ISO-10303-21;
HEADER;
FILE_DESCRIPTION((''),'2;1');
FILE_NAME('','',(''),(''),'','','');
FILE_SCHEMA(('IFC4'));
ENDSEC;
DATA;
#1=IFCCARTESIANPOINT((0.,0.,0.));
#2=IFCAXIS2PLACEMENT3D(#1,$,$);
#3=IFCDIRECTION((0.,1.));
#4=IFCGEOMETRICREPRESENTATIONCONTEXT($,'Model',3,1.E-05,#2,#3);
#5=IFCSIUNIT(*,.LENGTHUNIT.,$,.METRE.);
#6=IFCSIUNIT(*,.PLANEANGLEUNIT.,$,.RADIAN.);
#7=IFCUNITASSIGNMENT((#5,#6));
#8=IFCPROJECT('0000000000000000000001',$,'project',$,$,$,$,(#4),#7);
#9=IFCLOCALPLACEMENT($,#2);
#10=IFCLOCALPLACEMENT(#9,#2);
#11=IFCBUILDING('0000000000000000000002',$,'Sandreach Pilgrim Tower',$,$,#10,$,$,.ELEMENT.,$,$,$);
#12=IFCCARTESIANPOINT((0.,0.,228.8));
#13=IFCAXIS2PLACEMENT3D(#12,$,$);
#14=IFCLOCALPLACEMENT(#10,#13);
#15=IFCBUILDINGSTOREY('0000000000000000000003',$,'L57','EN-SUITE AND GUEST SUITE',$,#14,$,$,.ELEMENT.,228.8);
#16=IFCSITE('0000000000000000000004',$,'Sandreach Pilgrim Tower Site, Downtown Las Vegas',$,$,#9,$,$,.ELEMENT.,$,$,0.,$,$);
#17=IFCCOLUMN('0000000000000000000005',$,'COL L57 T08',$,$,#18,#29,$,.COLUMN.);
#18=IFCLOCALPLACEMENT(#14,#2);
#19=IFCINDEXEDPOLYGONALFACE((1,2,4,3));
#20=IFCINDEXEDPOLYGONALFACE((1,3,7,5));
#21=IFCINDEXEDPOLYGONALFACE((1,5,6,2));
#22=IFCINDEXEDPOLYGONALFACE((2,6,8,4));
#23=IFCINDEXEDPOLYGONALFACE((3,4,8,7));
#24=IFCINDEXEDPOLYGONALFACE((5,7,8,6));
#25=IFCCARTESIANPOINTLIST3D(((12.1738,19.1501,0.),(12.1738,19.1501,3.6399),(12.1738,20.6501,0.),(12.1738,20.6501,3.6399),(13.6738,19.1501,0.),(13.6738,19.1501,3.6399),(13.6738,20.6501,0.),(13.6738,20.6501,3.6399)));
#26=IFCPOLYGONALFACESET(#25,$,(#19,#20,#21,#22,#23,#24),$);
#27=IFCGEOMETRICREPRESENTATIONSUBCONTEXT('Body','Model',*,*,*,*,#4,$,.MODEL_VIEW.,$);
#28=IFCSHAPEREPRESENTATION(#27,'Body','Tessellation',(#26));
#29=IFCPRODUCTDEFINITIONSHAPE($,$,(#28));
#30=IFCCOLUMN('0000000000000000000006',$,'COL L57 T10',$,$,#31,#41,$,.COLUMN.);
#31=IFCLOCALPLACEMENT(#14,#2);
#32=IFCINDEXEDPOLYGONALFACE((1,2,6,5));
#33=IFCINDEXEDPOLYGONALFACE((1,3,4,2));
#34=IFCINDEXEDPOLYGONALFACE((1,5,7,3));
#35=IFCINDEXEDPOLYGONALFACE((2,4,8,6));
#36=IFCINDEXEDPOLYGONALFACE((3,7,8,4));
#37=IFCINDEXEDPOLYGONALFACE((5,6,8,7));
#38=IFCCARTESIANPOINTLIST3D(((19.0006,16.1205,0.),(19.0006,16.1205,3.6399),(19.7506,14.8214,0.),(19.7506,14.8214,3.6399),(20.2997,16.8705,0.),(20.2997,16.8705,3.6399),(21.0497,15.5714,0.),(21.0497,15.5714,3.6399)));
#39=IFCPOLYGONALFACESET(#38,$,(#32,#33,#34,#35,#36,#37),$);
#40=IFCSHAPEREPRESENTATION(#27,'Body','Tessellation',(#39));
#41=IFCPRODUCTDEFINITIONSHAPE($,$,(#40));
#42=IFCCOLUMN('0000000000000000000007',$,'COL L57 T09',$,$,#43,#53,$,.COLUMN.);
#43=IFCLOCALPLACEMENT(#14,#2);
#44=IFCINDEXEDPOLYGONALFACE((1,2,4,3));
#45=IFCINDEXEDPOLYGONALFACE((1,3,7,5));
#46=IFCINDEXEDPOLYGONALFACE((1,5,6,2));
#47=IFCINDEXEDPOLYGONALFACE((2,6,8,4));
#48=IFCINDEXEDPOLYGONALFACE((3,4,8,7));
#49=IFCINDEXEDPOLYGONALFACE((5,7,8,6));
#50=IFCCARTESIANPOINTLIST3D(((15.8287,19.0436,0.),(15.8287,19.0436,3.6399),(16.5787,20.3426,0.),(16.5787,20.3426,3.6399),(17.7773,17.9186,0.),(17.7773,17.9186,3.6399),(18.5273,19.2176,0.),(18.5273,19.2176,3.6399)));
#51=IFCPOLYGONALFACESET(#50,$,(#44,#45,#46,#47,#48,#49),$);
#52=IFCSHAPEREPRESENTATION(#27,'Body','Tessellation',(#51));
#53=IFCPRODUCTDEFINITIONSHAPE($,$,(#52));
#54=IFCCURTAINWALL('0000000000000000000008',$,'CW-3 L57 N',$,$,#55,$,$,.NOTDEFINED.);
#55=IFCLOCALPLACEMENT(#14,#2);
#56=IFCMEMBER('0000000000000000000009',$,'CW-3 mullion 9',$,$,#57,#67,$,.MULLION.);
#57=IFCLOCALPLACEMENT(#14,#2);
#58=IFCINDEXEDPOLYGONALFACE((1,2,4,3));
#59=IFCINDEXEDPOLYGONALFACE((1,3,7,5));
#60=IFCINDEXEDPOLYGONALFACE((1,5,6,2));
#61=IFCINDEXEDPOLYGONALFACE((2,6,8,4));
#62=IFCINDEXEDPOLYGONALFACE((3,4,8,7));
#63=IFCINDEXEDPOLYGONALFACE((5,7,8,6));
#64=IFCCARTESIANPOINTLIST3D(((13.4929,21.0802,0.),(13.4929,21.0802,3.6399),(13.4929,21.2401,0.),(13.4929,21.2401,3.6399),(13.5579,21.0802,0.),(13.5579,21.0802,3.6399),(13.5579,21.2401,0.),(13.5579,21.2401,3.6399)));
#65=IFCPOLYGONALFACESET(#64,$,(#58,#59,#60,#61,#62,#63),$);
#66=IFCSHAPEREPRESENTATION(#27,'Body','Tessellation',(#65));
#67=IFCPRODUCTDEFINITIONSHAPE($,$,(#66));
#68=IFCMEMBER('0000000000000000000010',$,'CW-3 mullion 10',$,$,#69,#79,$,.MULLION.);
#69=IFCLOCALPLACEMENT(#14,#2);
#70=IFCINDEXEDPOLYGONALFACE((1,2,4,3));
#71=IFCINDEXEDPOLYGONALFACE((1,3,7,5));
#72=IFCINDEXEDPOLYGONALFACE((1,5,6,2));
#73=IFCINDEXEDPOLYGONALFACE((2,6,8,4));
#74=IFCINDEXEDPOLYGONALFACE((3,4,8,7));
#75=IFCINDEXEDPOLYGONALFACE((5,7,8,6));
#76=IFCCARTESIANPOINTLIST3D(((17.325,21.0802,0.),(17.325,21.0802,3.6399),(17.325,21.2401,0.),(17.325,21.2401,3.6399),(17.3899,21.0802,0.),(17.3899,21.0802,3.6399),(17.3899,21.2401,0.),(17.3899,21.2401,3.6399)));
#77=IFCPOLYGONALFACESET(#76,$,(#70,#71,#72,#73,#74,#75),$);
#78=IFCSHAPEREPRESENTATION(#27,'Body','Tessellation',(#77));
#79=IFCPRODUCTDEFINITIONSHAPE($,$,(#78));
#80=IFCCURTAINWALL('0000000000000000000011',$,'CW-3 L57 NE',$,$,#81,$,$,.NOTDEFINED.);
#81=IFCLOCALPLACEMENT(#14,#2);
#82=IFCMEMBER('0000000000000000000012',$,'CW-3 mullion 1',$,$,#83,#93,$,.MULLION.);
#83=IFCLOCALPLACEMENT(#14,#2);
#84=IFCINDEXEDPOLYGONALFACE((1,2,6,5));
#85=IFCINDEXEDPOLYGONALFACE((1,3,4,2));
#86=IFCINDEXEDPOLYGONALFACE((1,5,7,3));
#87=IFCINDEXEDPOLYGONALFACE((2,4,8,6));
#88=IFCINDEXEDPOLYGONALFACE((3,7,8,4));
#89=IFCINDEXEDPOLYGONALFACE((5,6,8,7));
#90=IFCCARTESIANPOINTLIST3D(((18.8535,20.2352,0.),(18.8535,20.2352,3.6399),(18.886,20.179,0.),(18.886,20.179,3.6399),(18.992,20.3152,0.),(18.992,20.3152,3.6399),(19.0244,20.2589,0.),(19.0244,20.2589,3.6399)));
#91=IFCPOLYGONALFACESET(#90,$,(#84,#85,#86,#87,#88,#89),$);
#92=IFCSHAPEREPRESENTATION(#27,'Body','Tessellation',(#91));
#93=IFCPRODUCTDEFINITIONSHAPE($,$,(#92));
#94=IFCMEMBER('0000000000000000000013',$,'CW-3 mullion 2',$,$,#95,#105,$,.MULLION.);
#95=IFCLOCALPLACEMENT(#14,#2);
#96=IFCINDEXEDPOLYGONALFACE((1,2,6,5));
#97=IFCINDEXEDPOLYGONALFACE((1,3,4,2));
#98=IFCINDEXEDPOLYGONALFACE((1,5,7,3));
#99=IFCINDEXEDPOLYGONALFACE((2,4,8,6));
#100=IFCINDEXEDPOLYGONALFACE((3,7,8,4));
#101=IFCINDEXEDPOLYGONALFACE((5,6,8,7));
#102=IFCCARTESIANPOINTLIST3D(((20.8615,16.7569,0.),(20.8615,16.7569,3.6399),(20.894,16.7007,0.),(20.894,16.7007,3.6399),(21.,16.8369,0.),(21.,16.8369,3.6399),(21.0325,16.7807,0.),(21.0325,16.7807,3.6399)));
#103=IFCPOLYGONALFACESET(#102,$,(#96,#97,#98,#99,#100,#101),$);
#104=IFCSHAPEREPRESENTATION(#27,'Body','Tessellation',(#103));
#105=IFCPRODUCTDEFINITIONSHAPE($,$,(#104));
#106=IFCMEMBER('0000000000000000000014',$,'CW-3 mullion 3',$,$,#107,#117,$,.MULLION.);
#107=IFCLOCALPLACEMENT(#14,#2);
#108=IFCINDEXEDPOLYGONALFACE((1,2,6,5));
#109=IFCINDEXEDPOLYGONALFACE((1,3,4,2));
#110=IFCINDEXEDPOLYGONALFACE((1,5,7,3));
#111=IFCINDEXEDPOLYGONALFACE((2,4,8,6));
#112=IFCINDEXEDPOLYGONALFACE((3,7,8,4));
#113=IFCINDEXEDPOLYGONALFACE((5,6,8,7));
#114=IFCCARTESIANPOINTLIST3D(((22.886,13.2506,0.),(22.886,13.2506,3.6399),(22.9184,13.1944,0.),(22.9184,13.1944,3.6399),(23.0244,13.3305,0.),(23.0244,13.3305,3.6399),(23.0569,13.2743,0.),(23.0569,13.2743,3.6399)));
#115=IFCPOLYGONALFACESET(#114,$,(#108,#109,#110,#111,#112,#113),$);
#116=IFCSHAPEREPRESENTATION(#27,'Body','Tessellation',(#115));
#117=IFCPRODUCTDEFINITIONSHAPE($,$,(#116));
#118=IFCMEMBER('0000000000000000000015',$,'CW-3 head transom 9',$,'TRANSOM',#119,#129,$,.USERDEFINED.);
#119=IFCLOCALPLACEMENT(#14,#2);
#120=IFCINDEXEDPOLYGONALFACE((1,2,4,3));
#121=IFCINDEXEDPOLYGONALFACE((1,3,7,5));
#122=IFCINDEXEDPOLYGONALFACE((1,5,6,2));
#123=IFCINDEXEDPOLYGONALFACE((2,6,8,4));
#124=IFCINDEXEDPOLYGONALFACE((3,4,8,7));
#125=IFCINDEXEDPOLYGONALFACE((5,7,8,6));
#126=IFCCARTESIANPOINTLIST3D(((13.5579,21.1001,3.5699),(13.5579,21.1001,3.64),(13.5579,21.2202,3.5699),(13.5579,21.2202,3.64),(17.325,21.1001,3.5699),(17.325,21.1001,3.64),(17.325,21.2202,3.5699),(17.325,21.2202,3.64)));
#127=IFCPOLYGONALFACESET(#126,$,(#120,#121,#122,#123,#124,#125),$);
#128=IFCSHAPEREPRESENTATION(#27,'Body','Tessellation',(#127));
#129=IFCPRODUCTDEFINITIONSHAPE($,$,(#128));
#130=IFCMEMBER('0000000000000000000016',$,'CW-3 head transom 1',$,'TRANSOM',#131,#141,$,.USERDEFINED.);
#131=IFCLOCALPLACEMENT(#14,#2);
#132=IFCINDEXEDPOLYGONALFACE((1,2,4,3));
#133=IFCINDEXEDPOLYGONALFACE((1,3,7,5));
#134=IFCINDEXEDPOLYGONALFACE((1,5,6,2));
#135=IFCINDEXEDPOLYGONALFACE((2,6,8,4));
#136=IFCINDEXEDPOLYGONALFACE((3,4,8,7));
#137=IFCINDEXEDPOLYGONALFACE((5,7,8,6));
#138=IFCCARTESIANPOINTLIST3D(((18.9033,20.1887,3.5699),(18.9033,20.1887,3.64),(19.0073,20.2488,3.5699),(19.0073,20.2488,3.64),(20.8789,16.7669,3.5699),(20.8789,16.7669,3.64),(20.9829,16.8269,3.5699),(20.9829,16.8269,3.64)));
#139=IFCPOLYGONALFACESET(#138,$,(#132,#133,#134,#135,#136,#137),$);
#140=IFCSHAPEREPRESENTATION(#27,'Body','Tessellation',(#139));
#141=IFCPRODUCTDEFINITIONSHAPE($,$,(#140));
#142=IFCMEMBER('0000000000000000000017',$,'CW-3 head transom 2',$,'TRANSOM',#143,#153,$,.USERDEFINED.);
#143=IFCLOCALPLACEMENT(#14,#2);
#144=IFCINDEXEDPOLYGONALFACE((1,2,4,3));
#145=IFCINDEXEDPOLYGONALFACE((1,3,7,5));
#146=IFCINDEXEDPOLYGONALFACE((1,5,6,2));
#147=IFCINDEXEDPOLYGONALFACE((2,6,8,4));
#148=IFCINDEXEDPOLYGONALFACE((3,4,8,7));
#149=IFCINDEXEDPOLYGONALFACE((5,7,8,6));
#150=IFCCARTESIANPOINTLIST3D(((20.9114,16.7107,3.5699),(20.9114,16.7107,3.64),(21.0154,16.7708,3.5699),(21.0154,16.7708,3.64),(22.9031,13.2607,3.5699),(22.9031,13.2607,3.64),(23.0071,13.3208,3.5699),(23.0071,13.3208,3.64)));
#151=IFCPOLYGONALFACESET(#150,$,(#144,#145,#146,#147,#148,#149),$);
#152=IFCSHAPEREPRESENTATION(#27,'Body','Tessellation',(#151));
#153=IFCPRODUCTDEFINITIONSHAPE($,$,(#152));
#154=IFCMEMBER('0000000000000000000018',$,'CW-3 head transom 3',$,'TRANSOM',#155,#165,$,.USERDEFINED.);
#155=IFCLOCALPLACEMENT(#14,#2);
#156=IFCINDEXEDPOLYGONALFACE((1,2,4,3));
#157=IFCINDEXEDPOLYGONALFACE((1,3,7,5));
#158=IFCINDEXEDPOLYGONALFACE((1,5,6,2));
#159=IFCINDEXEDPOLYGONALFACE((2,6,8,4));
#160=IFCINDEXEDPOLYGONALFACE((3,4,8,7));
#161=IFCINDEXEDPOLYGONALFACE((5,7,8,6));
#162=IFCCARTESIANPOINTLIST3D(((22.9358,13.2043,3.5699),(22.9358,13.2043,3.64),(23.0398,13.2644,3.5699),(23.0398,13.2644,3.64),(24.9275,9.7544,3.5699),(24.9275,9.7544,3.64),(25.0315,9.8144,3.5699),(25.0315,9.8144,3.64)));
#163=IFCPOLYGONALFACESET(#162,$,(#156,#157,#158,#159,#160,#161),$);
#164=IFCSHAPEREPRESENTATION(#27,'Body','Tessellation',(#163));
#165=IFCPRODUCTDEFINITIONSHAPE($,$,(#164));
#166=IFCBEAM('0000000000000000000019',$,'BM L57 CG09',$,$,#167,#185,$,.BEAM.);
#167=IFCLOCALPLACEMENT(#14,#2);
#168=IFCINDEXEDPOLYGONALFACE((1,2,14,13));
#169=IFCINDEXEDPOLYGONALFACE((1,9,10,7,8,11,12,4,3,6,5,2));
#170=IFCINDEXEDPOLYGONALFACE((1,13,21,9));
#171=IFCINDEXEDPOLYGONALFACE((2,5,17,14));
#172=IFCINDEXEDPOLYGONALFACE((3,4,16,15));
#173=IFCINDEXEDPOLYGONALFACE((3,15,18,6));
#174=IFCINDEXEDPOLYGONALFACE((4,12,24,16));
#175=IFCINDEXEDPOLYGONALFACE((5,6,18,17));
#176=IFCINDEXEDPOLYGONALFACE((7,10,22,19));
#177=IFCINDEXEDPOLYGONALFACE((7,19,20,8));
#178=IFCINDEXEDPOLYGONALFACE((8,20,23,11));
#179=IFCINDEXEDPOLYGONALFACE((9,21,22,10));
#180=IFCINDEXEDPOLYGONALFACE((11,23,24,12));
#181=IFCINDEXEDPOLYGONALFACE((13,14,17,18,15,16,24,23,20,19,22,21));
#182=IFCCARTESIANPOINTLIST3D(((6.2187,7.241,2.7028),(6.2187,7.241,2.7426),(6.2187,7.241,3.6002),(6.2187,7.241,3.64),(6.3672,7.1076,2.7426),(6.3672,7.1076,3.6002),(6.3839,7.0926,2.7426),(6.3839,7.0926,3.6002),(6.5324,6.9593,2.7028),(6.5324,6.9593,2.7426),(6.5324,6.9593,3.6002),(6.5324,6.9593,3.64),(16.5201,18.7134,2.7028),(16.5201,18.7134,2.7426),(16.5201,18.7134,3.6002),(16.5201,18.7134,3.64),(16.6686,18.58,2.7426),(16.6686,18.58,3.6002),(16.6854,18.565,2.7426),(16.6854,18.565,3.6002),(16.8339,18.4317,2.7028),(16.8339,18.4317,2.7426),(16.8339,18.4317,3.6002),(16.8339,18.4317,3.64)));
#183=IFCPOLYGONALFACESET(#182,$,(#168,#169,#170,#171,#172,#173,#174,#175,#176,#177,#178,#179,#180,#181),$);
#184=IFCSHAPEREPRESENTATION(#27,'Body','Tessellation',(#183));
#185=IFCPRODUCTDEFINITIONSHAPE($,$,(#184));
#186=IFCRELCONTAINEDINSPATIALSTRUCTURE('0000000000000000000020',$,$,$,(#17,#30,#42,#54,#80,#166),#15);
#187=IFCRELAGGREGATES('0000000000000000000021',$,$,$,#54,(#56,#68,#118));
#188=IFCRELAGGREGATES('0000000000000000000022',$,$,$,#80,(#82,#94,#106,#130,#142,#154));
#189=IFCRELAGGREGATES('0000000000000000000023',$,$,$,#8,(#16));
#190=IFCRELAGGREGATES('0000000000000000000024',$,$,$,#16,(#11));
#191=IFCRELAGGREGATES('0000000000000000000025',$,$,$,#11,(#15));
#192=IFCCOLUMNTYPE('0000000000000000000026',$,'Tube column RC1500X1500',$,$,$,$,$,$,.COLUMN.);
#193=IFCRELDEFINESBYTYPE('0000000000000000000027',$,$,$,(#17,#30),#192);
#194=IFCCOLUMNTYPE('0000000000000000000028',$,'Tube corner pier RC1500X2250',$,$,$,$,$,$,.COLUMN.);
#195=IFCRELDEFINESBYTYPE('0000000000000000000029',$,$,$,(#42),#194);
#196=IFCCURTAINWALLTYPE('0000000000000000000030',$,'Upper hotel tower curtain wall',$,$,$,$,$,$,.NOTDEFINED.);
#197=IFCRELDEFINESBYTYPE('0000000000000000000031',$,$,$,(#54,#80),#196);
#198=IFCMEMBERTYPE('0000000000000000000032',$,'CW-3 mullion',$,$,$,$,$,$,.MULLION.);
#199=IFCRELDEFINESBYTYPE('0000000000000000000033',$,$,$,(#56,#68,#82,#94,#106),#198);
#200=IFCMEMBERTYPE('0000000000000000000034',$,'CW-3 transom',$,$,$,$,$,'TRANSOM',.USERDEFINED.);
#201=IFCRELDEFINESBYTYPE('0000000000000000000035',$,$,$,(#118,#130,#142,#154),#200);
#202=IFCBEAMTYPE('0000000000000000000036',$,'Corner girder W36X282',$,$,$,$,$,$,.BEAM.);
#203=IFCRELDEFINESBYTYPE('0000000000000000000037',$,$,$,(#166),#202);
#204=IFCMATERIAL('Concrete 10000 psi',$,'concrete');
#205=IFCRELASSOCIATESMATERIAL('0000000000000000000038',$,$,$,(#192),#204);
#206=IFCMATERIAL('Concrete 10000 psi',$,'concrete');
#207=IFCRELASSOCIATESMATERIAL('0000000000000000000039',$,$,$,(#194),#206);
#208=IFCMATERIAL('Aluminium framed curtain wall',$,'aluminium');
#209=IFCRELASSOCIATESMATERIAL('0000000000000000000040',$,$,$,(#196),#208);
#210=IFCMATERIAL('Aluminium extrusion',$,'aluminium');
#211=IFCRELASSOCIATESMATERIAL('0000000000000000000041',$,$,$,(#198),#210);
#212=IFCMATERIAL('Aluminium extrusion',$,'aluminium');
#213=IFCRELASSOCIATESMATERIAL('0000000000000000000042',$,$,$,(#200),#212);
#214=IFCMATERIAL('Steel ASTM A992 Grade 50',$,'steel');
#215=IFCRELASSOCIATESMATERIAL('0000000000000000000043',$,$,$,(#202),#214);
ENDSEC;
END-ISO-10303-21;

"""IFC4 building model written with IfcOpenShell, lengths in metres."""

from ifc_helpers import new_model, si_unit, direction, frame, origin, origin_2d, place, context, subcontext, project, spatial, rectangle, i_section, extrude, clip, halfspace, material, material_profile, profile_set, type_object, element, aggregate, save


model = new_model("IFC4")

# Units and contexts
model_context = context("Model", 3, precision=1e-05, world=origin(), true_north=direction((0.0, 1.0)))
body_context = subcontext(model_context, "Body", "Model", "MODEL_VIEW")
ifc_project = project(units=[si_unit("LENGTHUNIT", "METRE"), si_unit("PLANEANGLEUNIT", "RADIAN")], contexts=[model_context])

# Site, building, storey
site_placement = place(None, origin())
site = spatial("IfcSite", under=ifc_project, at=site_placement, Name="Sandreach Pilgrim Tower Site, Downtown Las Vegas", CompositionType="ELEMENT", RefElevation=0.0)
building_placement = place(site_placement, origin())
building = spatial("IfcBuilding", under=site, at=building_placement, Name="Sandreach Pilgrim Tower", CompositionType="ELEMENT")
storey_placement = place(building_placement, frame((0.0, 0.0, 228.8)))
storey = spatial("IfcBuildingStorey", under=building, at=storey_placement, Name="L57", Description="EN-SUITE AND GUEST SUITE", CompositionType="ELEMENT", Elevation=228.8)

# Columns
ifc_material_1 = material(Name="Concrete 10000 psi", Category="concrete")
ifc_material_profile_1 = material_profile(ifc_material_1, rectangle(XDim=1.5, YDim=1.5, at=origin_2d()), Name="RC1500X1500")
ifc_profile_set_1 = profile_set([ifc_material_profile_1], Name="Concrete 10000 psi")
column_type_1 = type_object("IfcColumnType", Name="Tube column RC1500X1500", PredefinedType="COLUMN", material=ifc_profile_set_1)
column_1_placement = place(storey_placement, frame((12.9238, 19.9001, 0.0), z_axis=(0.0, 0.0, 1.0), x_axis=(0.0, 1.0, 0.0)))
element("IfcColumn", 1, at=column_1_placement, inside=storey, type_object=column_type_1, Name="COL L57 T08", PredefinedType="COLUMN", context=body_context, shape_type="SweptSolid", body=[
    clip(extrude(rectangle(XDim=1.5, YDim=1.5, at=origin_2d()), origin(), (0.0, 0.0, 1.0), 3.7324), halfspace(frame((0.0, 0.0, 3.6399)), False)),
])
column_2_placement = place(storey_placement, frame((20.0251, 15.8459, 0.0), z_axis=(0.0, 0.0, 1.0), x_axis=(0.866025, 0.5, 0.0)))
element("IfcColumn", 2, at=column_2_placement, inside=storey, type_object=column_type_1, Name="COL L57 T10", PredefinedType="COLUMN", context=body_context, shape_type="SweptSolid", body=[
    clip(extrude(rectangle(XDim=1.5, YDim=1.5, at=origin_2d()), origin(), (0.0, 0.0, 1.0), 3.7412), halfspace(frame((0.0, 0.0, 3.6399)), False)),
])
ifc_material_2 = material(Name="Concrete 10000 psi", Category="concrete")
ifc_material_profile_2 = material_profile(ifc_material_2, rectangle(XDim=1.5, YDim=2.25, at=origin_2d()), Name="RC1500X2250")
ifc_profile_set_2 = profile_set([ifc_material_profile_2], Name="Concrete 10000 psi")
column_type_2 = type_object("IfcColumnType", Name="Tube corner pier RC1500X2250", PredefinedType="COLUMN", material=ifc_profile_set_2)
column_3_placement = place(storey_placement, frame((17.178, 19.1306, 0.0), z_axis=(0.0, 0.0, 1.0), x_axis=(0.5, 0.866025, 0.0)))
element("IfcColumn", 3, at=column_3_placement, inside=storey, type_object=column_type_2, Name="COL L57 T09", PredefinedType="COLUMN", context=body_context, shape_type="SweptSolid", body=[
    clip(extrude(rectangle(XDim=1.5, YDim=2.25, at=origin_2d()), origin(), (0.0, 0.0, 1.0), 3.7312), halfspace(frame((0.0, 0.0, 3.6399)), False)),
])

# Curtain walls, members
ifc_material_3 = material(Name="Aluminium framed curtain wall", Category="aluminium")
curtain_wall_type = type_object("IfcCurtainWallType", Name="Upper hotel tower curtain wall", PredefinedType="NOTDEFINED", material=ifc_material_3)
curtain_wall_1_placement = place(storey_placement, origin())
curtain_wall_1 = element("IfcCurtainWall", 4, at=curtain_wall_1_placement, inside=storey, type_object=curtain_wall_type, Name="CW-3 L57 N", PredefinedType="NOTDEFINED")
ifc_material_4 = material(Name="Aluminium extrusion", Category="aluminium")
ifc_material_profile_3 = material_profile(ifc_material_4, rectangle(XDim=0.0649, YDim=0.1599, at=origin_2d()), Name="CW-3M 65X160")
ifc_profile_set_3 = profile_set([ifc_material_profile_3], Name="Aluminium extrusion")
member_type_1 = type_object("IfcMemberType", Name="CW-3 mullion", PredefinedType="MULLION", material=ifc_profile_set_3)
member_1_placement = place(storey_placement, frame((13.5254, 21.1602, 0.0), z_axis=(0.0, 0.0, 1.0), x_axis=(1.0, 0.0, 0.0)))
member_1 = element("IfcMember", 5, at=member_1_placement, type_object=member_type_1, Name="CW-3 mullion 9", PredefinedType="MULLION", context=body_context, shape_type="SweptSolid", body=[
    extrude(rectangle(XDim=0.0649, YDim=0.1599, at=origin_2d()), origin(), (0.0, 0.0, 1.0), 3.6399),
])
member_2_placement = place(storey_placement, frame((17.3574, 21.1602, 0.0), z_axis=(0.0, 0.0, 1.0), x_axis=(1.0, 0.0, 0.0)))
member_2 = element("IfcMember", 6, at=member_2_placement, type_object=member_type_1, Name="CW-3 mullion 10", PredefinedType="MULLION", context=body_context, shape_type="SweptSolid", body=[
    extrude(rectangle(XDim=0.0649, YDim=0.1599, at=origin_2d()), origin(), (0.0, 0.0, 1.0), 3.6399),
])
curtain_wall_2_placement = place(storey_placement, origin())
curtain_wall_2 = element("IfcCurtainWall", 7, at=curtain_wall_2_placement, inside=storey, type_object=curtain_wall_type, Name="CW-3 L57 NE", PredefinedType="NOTDEFINED")
member_3_placement = place(storey_placement, frame((18.939, 20.2471, 0.0), z_axis=(0.0, 0.0, 1.0), x_axis=(0.5, -0.866025, 0.0)))
member_3 = element("IfcMember", 8, at=member_3_placement, type_object=member_type_1, Name="CW-3 mullion 1", PredefinedType="MULLION", context=body_context, shape_type="SweptSolid", body=[
    extrude(rectangle(XDim=0.0649, YDim=0.1599, at=origin_2d()), origin(), (0.0, 0.0, 1.0), 3.6399),
])
member_4_placement = place(storey_placement, frame((20.947, 16.7688, 0.0), z_axis=(0.0, 0.0, 1.0), x_axis=(0.5, -0.866025, 0.0)))
member_4 = element("IfcMember", 9, at=member_4_placement, type_object=member_type_1, Name="CW-3 mullion 2", PredefinedType="MULLION", context=body_context, shape_type="SweptSolid", body=[
    extrude(rectangle(XDim=0.0649, YDim=0.1599, at=origin_2d()), origin(), (0.0, 0.0, 1.0), 3.6399),
])
member_5_placement = place(storey_placement, frame((22.9714, 13.2625, 0.0), z_axis=(0.0, 0.0, 1.0), x_axis=(0.5, -0.866025, 0.0)))
member_5 = element("IfcMember", 10, at=member_5_placement, type_object=member_type_1, Name="CW-3 mullion 3", PredefinedType="MULLION", context=body_context, shape_type="SweptSolid", body=[
    extrude(rectangle(XDim=0.0649, YDim=0.1599, at=origin_2d()), origin(), (0.0, 0.0, 1.0), 3.6399),
])

# Members
ifc_material_5 = material(Name="Aluminium extrusion", Category="aluminium")
ifc_material_profile_4 = material_profile(ifc_material_5, rectangle(XDim=0.1201, YDim=0.0701, at=origin_2d()), Name="CW-3T 120X70")
ifc_profile_set_4 = profile_set([ifc_material_profile_4], Name="Aluminium extrusion")
member_type_2 = type_object("IfcMemberType", Name="CW-3 transom", ElementType="TRANSOM", PredefinedType="USERDEFINED", material=ifc_profile_set_4)
member_6_placement = place(storey_placement, frame((13.5579, 21.1602, 3.605), z_axis=(1.0, 0.0, 0.0), x_axis=(0.0, 1.0, 0.0)))
member_6 = element("IfcMember", 11, at=member_6_placement, type_object=member_type_2, Name="CW-3 head transom 9", ObjectType="TRANSOM", PredefinedType="USERDEFINED", context=body_context, shape_type="SweptSolid", body=[
    extrude(rectangle(XDim=0.1201, YDim=0.0701, at=origin_2d()), origin(), (0.0, 0.0, 1.0), 3.7671),
])
member_7_placement = place(storey_placement, frame((18.9553, 20.2188, 3.605), z_axis=(0.499993, -0.866029, 0.0), x_axis=(0.866029, 0.499993, 0.0)))
member_7 = element("IfcMember", 12, at=member_7_placement, type_object=member_type_2, Name="CW-3 head transom 1", ObjectType="TRANSOM", PredefinedType="USERDEFINED", context=body_context, shape_type="SweptSolid", body=[
    extrude(rectangle(XDim=0.1201, YDim=0.0701, at=origin_2d()), origin(), (0.0, 0.0, 1.0), 3.9512),
])
member_8_placement = place(storey_placement, frame((20.9634, 16.7407, 3.605), z_axis=(0.499975, -0.86604, 0.0), x_axis=(0.86604, 0.499975, 0.0)))
member_8 = element("IfcMember", 13, at=member_8_placement, type_object=member_type_2, Name="CW-3 head transom 2", ObjectType="TRANSOM", PredefinedType="USERDEFINED", context=body_context, shape_type="SweptSolid", body=[
    extrude(rectangle(XDim=0.1201, YDim=0.0701, at=origin_2d()), origin(), (0.0, 0.0, 1.0), 3.9836),
])
member_9_placement = place(storey_placement, frame((22.9878, 13.2344, 3.605), z_axis=(0.499975, -0.86604, 0.0), x_axis=(0.86604, 0.499975, 0.0)))
member_9 = element("IfcMember", 14, at=member_9_placement, type_object=member_type_2, Name="CW-3 head transom 3", ObjectType="TRANSOM", PredefinedType="USERDEFINED", context=body_context, shape_type="SweptSolid", body=[
    extrude(rectangle(XDim=0.1201, YDim=0.0701, at=origin_2d()), origin(), (0.0, 0.0, 1.0), 3.9836),
])

# Beam
ifc_material_6 = material(Name="Steel ASTM A992 Grade 50", Category="steel")
ifc_material_profile_5 = material_profile(ifc_material_6, i_section(OverallWidth=0.4216, OverallDepth=0.9373, WebThickness=0.0225, FlangeThickness=0.0398, at=origin_2d()), Name="W36X282")
ifc_profile_set_5 = profile_set([ifc_material_profile_5], Name="Steel ASTM A992 Grade 50")
beam_type_1 = type_object("IfcBeamType", Name="Corner girder W36X282", PredefinedType="BEAM", material=ifc_profile_set_5)
beam_1_placement = place(storey_placement, frame((16.677, 18.5725, 3.1714), z_axis=(-0.668117, -0.744057, 0.0), x_axis=(0.744057, -0.668117, 0.0)))
element("IfcBeam", 15, at=beam_1_placement, inside=storey, type_object=beam_type_1, Name="BM L57 CG09", PredefinedType="BEAM", context=body_context, shape_type="SweptSolid", body=[
    extrude(i_section(OverallWidth=0.4216, OverallDepth=0.9373, WebThickness=0.0225, FlangeThickness=0.0398, at=origin_2d()), origin(), (0.0, 0.0, 1.0), 15.4187),
])

aggregate(curtain_wall_1, [member_1, member_2, member_6])
aggregate(curtain_wall_2, [member_3, member_4, member_5, member_7, member_8, member_9])

save(model, "model.ifc")
